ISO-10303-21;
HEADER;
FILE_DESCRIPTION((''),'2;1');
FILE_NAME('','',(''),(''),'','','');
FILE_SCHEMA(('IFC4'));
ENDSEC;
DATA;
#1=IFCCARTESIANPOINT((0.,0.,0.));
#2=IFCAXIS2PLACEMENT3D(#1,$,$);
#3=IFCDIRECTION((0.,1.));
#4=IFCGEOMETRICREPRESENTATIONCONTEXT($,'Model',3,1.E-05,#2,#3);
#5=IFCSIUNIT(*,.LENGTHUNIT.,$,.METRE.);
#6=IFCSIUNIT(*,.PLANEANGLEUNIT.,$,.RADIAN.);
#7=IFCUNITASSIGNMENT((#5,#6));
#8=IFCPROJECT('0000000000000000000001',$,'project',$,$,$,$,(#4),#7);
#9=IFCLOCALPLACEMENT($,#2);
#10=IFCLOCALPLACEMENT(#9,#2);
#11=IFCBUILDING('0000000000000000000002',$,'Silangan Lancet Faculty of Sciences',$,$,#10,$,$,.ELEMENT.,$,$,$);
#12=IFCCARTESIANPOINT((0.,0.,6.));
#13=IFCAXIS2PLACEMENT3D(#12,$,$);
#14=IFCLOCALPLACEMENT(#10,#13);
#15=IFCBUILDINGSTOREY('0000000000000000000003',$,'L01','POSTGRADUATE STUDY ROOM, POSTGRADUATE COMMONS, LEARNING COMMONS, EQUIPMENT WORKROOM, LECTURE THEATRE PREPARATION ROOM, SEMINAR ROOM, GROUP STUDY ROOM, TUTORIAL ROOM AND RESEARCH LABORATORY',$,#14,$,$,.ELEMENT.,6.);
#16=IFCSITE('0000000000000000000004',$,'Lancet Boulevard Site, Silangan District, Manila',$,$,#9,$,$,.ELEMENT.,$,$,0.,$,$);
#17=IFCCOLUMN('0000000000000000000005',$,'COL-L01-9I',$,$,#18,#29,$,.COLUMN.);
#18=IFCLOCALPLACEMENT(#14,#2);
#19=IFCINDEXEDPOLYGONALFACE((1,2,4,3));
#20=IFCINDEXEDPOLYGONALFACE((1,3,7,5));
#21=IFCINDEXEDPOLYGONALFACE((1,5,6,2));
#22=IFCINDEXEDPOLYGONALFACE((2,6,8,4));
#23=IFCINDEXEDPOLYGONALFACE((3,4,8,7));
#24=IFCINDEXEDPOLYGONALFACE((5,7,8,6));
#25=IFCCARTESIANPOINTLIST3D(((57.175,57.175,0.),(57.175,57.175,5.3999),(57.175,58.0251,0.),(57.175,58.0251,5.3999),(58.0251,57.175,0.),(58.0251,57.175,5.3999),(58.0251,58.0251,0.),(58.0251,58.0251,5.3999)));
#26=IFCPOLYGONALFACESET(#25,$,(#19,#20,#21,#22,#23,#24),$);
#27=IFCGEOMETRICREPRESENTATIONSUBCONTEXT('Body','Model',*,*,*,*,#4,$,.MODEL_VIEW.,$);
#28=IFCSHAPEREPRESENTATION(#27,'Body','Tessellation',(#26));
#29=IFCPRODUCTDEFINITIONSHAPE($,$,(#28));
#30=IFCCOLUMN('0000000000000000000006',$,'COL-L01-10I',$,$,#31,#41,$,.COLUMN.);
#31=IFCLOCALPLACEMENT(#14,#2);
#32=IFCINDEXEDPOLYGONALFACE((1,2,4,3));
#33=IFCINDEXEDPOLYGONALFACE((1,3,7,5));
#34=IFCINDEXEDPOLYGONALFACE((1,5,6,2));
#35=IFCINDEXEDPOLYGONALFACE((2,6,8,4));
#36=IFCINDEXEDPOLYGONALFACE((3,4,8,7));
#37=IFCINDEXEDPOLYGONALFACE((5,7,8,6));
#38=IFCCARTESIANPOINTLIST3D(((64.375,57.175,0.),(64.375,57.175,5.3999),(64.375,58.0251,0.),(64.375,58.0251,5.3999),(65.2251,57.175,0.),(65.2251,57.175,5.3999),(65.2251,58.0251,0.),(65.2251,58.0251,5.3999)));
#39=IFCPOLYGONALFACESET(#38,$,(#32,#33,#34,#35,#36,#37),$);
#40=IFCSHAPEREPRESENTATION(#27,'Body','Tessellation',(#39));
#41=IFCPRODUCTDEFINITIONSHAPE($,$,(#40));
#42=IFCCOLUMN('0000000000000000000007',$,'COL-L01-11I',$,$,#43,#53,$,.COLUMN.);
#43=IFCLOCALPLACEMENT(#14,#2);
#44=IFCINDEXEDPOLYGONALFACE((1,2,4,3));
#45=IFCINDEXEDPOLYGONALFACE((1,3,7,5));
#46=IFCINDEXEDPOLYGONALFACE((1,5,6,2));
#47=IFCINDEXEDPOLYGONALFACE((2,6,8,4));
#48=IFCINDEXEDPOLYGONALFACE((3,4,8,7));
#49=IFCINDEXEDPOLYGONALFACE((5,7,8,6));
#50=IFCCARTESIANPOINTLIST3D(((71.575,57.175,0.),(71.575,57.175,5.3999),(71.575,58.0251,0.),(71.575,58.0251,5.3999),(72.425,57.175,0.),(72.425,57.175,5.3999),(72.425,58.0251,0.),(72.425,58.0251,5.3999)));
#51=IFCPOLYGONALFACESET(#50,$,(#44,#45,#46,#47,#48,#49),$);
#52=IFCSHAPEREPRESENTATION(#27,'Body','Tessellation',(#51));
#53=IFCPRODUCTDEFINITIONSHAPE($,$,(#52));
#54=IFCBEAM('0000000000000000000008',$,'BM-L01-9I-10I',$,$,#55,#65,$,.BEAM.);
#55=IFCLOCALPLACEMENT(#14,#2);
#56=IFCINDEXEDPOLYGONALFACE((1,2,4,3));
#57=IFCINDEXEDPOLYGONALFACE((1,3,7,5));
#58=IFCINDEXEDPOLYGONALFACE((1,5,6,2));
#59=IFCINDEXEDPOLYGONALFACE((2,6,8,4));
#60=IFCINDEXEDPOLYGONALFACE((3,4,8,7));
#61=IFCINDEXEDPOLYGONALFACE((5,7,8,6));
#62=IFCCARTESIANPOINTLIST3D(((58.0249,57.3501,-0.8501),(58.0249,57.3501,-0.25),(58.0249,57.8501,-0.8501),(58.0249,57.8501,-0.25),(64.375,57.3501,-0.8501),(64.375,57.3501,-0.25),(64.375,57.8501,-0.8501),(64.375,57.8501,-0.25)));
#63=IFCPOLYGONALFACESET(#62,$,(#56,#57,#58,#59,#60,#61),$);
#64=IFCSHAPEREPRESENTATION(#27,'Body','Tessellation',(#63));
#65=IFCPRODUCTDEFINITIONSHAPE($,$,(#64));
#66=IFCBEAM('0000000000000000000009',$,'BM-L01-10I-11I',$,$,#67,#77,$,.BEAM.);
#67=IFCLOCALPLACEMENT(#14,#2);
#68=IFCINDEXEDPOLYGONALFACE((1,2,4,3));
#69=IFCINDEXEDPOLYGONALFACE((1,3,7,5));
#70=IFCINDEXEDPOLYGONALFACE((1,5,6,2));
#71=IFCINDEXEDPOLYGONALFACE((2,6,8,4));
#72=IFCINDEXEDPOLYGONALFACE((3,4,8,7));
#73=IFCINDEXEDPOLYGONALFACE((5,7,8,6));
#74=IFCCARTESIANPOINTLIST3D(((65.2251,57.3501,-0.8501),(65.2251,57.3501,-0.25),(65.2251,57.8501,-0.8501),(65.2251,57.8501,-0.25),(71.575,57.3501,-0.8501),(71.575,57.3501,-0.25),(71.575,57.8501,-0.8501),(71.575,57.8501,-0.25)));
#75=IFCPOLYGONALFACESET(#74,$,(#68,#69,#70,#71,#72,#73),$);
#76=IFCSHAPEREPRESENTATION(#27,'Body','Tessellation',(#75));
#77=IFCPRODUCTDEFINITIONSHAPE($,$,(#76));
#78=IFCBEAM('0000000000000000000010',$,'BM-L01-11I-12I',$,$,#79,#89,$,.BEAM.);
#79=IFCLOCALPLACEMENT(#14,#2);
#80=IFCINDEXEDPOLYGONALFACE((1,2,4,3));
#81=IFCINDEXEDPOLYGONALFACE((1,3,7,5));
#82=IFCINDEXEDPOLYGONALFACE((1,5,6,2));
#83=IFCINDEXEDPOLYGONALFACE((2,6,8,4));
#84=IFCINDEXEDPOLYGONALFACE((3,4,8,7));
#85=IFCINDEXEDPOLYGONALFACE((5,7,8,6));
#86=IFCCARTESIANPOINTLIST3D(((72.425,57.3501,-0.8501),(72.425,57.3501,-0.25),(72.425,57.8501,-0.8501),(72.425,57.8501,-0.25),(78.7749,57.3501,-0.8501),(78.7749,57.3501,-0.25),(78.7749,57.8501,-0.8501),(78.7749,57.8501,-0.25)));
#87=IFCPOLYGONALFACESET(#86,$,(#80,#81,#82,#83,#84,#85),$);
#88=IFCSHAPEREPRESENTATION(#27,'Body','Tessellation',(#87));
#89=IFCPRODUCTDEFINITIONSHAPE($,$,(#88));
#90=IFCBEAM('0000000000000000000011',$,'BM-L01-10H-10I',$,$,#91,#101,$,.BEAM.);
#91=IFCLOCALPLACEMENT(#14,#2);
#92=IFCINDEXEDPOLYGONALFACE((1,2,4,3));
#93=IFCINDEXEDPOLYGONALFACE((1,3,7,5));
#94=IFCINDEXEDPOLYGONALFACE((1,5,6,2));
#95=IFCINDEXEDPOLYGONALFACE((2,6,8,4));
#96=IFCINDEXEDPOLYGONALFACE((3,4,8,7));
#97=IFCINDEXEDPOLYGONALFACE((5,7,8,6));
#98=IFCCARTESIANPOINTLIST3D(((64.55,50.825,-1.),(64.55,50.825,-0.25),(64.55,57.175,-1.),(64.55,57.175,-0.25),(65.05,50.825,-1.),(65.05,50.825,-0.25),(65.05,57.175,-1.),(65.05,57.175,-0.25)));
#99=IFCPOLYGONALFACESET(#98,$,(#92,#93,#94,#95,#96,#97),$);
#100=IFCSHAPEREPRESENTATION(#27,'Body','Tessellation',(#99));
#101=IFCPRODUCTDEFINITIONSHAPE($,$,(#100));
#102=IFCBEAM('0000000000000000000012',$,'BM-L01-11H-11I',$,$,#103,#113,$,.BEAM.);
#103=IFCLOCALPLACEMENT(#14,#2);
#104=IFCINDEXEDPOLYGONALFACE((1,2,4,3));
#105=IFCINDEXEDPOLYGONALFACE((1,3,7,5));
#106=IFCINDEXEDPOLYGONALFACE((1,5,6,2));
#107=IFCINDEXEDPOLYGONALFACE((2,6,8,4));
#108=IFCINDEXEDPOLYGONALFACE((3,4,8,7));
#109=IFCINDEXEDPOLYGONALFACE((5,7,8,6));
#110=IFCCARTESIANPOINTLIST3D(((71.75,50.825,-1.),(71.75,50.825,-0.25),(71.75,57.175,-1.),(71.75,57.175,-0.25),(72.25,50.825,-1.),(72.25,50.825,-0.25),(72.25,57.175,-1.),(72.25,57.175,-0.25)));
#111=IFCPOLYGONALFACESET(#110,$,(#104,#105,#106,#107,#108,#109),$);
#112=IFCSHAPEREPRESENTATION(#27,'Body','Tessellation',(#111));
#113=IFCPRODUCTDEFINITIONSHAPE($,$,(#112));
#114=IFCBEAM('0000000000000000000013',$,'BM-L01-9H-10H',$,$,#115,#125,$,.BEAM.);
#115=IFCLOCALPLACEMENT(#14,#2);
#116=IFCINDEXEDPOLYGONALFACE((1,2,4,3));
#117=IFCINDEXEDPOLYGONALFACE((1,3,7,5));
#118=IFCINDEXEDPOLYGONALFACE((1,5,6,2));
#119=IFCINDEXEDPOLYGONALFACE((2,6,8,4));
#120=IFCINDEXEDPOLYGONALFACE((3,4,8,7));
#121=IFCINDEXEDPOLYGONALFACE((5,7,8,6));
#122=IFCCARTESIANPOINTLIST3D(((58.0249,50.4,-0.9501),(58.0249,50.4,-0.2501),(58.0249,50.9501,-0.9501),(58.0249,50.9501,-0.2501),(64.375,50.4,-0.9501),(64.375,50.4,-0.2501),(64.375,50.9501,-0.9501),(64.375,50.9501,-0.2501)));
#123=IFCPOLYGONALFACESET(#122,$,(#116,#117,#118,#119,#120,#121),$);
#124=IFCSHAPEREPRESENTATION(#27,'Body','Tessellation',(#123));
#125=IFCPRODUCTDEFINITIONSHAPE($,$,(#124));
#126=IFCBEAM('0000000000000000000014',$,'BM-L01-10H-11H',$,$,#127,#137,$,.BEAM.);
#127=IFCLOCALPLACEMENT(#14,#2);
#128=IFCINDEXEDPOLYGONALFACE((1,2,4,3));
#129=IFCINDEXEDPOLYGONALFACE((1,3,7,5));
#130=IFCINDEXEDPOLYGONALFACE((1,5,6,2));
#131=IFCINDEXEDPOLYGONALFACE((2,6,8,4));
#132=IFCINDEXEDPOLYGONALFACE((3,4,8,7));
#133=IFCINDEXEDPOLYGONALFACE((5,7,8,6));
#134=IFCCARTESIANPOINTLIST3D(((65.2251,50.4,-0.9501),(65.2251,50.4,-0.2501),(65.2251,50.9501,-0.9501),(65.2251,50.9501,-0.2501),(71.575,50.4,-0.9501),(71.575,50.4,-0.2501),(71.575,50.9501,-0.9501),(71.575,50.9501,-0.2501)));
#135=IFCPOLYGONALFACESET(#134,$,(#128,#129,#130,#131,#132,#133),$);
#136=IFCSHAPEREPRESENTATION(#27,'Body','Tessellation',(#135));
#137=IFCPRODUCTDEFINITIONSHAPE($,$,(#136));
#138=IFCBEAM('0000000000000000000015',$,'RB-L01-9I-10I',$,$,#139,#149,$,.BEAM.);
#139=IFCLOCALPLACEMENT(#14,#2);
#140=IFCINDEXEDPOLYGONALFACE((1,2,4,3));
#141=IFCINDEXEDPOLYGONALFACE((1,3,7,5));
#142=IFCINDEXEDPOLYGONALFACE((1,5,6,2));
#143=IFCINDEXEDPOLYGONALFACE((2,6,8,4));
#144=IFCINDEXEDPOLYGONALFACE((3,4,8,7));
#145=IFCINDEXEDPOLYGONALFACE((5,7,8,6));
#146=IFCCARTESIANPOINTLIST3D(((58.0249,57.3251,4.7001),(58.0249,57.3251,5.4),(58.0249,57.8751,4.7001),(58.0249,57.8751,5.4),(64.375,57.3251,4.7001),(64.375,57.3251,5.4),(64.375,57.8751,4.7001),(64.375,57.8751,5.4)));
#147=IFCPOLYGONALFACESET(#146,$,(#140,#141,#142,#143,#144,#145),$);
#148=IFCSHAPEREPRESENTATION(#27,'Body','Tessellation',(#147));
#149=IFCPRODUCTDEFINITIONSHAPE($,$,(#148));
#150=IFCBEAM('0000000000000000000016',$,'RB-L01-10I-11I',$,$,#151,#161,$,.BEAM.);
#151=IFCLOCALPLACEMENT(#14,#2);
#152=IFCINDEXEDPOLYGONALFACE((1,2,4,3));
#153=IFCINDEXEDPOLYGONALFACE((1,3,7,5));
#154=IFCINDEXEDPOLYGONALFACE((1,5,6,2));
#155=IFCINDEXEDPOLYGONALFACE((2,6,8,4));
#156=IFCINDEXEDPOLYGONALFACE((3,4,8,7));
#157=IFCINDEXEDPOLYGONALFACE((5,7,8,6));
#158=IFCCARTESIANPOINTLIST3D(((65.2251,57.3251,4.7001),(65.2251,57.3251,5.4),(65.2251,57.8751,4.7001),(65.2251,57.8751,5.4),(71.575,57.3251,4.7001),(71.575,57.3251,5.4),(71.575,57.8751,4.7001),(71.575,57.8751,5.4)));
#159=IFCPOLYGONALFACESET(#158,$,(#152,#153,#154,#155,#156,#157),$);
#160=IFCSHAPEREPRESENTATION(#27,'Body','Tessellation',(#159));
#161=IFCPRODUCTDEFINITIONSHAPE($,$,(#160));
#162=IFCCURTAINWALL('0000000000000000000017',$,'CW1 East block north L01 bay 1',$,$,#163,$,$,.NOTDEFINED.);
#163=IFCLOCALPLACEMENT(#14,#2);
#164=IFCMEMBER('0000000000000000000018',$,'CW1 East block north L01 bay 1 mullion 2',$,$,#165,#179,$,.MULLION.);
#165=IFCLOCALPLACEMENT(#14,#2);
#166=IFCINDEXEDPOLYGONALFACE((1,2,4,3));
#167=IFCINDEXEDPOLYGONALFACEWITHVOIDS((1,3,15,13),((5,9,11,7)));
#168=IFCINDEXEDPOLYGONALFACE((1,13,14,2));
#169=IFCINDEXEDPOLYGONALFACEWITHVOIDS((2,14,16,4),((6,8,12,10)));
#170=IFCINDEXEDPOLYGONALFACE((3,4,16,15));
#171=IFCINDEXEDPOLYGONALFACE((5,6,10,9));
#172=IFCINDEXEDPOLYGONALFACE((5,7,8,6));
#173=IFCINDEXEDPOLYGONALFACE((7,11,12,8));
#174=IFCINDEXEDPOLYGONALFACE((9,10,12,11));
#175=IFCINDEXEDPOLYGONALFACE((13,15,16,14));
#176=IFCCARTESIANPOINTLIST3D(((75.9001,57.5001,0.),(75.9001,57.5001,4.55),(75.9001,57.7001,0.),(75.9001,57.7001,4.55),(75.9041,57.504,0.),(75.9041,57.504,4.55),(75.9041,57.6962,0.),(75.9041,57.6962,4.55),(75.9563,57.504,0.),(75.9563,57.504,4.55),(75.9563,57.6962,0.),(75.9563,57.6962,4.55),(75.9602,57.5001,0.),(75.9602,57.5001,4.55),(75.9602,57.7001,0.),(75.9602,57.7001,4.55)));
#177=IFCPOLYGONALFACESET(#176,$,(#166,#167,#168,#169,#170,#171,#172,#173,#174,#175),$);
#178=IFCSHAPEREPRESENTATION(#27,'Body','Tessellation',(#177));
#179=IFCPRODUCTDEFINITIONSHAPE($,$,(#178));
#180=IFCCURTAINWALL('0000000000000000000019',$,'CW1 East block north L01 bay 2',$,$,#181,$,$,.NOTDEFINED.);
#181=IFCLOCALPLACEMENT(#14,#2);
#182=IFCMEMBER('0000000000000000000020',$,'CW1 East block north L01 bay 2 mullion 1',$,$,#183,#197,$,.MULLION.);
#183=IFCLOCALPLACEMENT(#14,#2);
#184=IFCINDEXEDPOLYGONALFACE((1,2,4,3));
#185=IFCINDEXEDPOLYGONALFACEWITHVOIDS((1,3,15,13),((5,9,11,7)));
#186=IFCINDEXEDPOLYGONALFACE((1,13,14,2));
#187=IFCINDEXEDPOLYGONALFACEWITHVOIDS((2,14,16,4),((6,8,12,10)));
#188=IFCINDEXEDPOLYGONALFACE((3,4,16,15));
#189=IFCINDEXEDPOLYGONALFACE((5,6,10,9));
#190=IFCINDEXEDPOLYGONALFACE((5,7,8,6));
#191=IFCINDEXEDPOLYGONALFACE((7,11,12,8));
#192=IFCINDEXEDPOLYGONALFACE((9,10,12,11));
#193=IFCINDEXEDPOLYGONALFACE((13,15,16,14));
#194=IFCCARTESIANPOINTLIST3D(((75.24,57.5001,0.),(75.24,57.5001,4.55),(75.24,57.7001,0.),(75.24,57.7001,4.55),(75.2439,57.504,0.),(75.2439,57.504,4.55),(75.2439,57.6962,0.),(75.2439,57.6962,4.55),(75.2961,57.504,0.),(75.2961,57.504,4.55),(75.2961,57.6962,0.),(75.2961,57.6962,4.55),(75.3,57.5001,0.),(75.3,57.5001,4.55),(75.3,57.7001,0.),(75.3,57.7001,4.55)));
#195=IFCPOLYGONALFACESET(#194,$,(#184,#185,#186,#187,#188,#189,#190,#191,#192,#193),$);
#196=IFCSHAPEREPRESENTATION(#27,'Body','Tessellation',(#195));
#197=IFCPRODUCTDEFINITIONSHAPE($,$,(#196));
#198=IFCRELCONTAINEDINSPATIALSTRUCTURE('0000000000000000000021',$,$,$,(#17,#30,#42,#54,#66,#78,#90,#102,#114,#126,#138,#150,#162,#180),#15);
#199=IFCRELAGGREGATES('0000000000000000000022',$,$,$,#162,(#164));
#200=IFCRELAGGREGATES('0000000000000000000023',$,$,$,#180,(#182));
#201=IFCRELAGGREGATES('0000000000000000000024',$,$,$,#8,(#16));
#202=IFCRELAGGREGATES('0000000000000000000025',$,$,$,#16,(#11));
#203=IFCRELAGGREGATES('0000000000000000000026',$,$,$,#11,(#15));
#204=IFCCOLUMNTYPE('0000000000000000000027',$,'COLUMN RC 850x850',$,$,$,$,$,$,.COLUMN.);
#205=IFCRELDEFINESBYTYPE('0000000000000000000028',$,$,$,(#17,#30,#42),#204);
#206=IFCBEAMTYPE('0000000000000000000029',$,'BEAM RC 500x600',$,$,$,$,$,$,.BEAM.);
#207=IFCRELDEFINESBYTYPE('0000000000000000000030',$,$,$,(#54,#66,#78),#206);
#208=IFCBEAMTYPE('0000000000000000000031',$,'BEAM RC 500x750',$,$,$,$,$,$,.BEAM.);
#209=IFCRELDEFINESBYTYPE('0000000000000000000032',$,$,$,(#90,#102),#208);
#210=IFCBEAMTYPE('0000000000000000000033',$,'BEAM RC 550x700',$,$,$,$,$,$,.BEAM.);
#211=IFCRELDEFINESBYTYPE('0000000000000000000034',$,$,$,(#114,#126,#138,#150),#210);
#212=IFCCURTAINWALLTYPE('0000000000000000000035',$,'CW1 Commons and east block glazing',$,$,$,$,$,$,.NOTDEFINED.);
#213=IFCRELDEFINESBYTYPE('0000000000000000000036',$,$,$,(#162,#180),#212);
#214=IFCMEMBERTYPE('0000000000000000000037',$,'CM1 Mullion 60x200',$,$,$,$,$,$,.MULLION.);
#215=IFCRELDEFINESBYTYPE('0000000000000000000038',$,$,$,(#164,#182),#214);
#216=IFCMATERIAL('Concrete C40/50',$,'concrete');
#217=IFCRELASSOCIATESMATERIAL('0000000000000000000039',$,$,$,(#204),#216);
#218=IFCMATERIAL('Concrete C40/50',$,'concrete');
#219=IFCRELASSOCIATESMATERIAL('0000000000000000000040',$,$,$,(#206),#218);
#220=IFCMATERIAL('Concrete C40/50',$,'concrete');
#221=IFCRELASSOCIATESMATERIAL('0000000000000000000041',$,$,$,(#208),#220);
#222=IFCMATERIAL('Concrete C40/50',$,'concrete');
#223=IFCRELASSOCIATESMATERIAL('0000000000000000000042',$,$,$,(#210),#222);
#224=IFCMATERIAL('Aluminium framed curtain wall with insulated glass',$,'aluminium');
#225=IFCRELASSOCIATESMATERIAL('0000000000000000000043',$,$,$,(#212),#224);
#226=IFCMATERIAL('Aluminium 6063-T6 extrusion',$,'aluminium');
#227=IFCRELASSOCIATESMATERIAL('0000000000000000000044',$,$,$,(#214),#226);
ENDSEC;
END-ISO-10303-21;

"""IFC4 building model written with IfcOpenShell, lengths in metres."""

from ifc_helpers import new_model, si_unit, direction, frame, origin, origin_2d, place, context, subcontext, project, spatial, rectangle, hollow_rectangle, extrude, material, material_profile, profile_set, type_object, element, aggregate, save


model = new_model("IFC4")

# Units and contexts
model_context = context("Model", 3, precision=1e-05, world=origin(), true_north=direction((0.0, 1.0)))
body_context = subcontext(model_context, "Body", "Model", "MODEL_VIEW")
ifc_project = project(units=[si_unit("LENGTHUNIT", "METRE"), si_unit("PLANEANGLEUNIT", "RADIAN")], contexts=[model_context])

# Site, building, storey
site_placement = place(None, origin())
site = spatial("IfcSite", under=ifc_project, at=site_placement, Name="Lancet Boulevard Site, Silangan District, Manila", CompositionType="ELEMENT", RefElevation=0.0)
building_placement = place(site_placement, origin())
building = spatial("IfcBuilding", under=site, at=building_placement, Name="Silangan Lancet Faculty of Sciences", CompositionType="ELEMENT")
storey_placement = place(building_placement, frame((0.0, 0.0, 6.0)))
storey = spatial("IfcBuildingStorey", under=building, at=storey_placement, Name="L01", Description="POSTGRADUATE STUDY ROOM, POSTGRADUATE COMMONS, LEARNING COMMONS, EQUIPMENT WORKROOM, LECTURE THEATRE PREPARATION ROOM, SEMINAR ROOM, GROUP STUDY ROOM, TUTORIAL ROOM AND RESEARCH LABORATORY", CompositionType="ELEMENT", Elevation=6.0)

# Columns
ifc_material_1 = material(Name="Concrete C40/50", Category="concrete")
ifc_material_profile_1 = material_profile(ifc_material_1, rectangle(XDim=0.8501, YDim=0.8501, at=origin_2d()), Name="RC 850x850")
ifc_profile_set_1 = profile_set([ifc_material_profile_1], Name="Concrete C40/50")
column_type = type_object("IfcColumnType", Name="COLUMN RC 850x850", PredefinedType="COLUMN", material=ifc_profile_set_1)
for number, where, z_axis, x_axis, name in (
    (1, (57.6001, 57.6001, 0.0), (0.0, 0.0, 1.0), (1.0, 0.0, 0.0), "COL-L01-9I"),
    (2, (64.8, 57.6001, 0.0), (0.0, 0.0, 1.0), (1.0, 0.0, 0.0), "COL-L01-10I"),
    (3, (72.0, 57.6001, 0.0), (0.0, 0.0, 1.0), (1.0, 0.0, 0.0), "COL-L01-11I"),
):
    element("IfcColumn", number, at=place(storey_placement, frame(where, z_axis=z_axis, x_axis=x_axis)), inside=storey, type_object=column_type, Name=name, PredefinedType="COLUMN", context=body_context, shape_type="SweptSolid", body=[
        extrude(rectangle(XDim=0.8501, YDim=0.8501, at=origin_2d()), origin(), (0.0, 0.0, 1.0), 5.3999),
    ])

# Beams
ifc_material_2 = material(Name="Concrete C40/50", Category="concrete")
ifc_material_profile_2 = material_profile(ifc_material_2, rectangle(XDim=0.5, YDim=0.6001, at=origin_2d()), Name="RC 500x600")
ifc_profile_set_2 = profile_set([ifc_material_profile_2], Name="Concrete C40/50")
beam_type_1 = type_object("IfcBeamType", Name="BEAM RC 500x600", PredefinedType="BEAM", material=ifc_profile_set_2)
beam_1_placement = place(storey_placement, frame((58.0249, 57.6001, -0.55), z_axis=(1.0, 0.0, 0.0), x_axis=(0.0, 1.0, 0.0)))
element("IfcBeam", 4, at=beam_1_placement, inside=storey, type_object=beam_type_1, Name="BM-L01-9I-10I", PredefinedType="BEAM", context=body_context, shape_type="SweptSolid", body=[
    extrude(rectangle(XDim=0.5, YDim=0.6001, at=origin_2d()), origin(), (0.0, 0.0, 1.0), 6.3501),
])
for number, where, z_axis, x_axis, name in (
    (5, (65.2251, 57.6001, -0.55), (1.0, 0.0, 0.0), (0.0, 1.0, 0.0), "BM-L01-10I-11I"),
    (6, (72.425, 57.6001, -0.55), (1.0, 0.0, 0.0), (0.0, 1.0, 0.0), "BM-L01-11I-12I"),
):
    element("IfcBeam", number, at=place(storey_placement, frame(where, z_axis=z_axis, x_axis=x_axis)), inside=storey, type_object=beam_type_1, Name=name, PredefinedType="BEAM", context=body_context, shape_type="SweptSolid", body=[
        extrude(rectangle(XDim=0.5, YDim=0.6001, at=origin_2d()), origin(), (0.0, 0.0, 1.0), 6.3499),
    ])
ifc_material_3 = material(Name="Concrete C40/50", Category="concrete")
ifc_material_profile_3 = material_profile(ifc_material_3, rectangle(XDim=0.5, YDim=0.75, at=origin_2d()), Name="RC 500x750")
ifc_profile_set_3 = profile_set([ifc_material_profile_3], Name="Concrete C40/50")
beam_type_2 = type_object("IfcBeamType", Name="BEAM RC 500x750", PredefinedType="BEAM", material=ifc_profile_set_3)
for number, where, z_axis, x_axis, name in (
    (7, (64.8, 50.825, -0.625), (0.0, 1.0, 0.0), (-1.0, 0.0, 0.0), "BM-L01-10H-10I"),
    (8, (72.0, 50.825, -0.625), (0.0, 1.0, 0.0), (-1.0, 0.0, 0.0), "BM-L01-11H-11I"),
):
    element("IfcBeam", number, at=place(storey_placement, frame(where, z_axis=z_axis, x_axis=x_axis)), inside=storey, type_object=beam_type_2, Name=name, PredefinedType="BEAM", context=body_context, shape_type="SweptSolid", body=[
        extrude(rectangle(XDim=0.5, YDim=0.75, at=origin_2d()), origin(), (0.0, 0.0, 1.0), 6.3501),
    ])
ifc_material_4 = material(Name="Concrete C40/50", Category="concrete")
ifc_material_profile_4 = material_profile(ifc_material_4, rectangle(XDim=0.55, YDim=0.7, at=origin_2d()), Name="RC 550x700")
ifc_profile_set_4 = profile_set([ifc_material_profile_4], Name="Concrete C40/50")
beam_type_3 = type_object("IfcBeamType", Name="BEAM RC 550x700", PredefinedType="BEAM", material=ifc_profile_set_4)
beam_2_placement = place(storey_placement, frame((58.0249, 50.675, -0.6001), z_axis=(1.0, 0.0, 0.0), x_axis=(0.0, 1.0, 0.0)))
element("IfcBeam", 9, at=beam_2_placement, inside=storey, type_object=beam_type_3, Name="BM-L01-9H-10H", PredefinedType="BEAM", context=body_context, shape_type="SweptSolid", body=[
    extrude(rectangle(XDim=0.55, YDim=0.7, at=origin_2d()), origin(), (0.0, 0.0, 1.0), 6.3501),
])
beam_3_placement = place(storey_placement, frame((65.2251, 50.675, -0.6001), z_axis=(1.0, 0.0, 0.0), x_axis=(0.0, 1.0, 0.0)))
element("IfcBeam", 10, at=beam_3_placement, inside=storey, type_object=beam_type_3, Name="BM-L01-10H-11H", PredefinedType="BEAM", context=body_context, shape_type="SweptSolid", body=[
    extrude(rectangle(XDim=0.55, YDim=0.7, at=origin_2d()), origin(), (0.0, 0.0, 1.0), 6.3499),
])
beam_4_placement = place(storey_placement, frame((58.0249, 57.6001, 5.05), z_axis=(1.0, 0.0, 0.0), x_axis=(0.0, 1.0, 0.0)))
element("IfcBeam", 11, at=beam_4_placement, inside=storey, type_object=beam_type_3, Name="RB-L01-9I-10I", PredefinedType="BEAM", context=body_context, shape_type="SweptSolid", body=[
    extrude(rectangle(XDim=0.55, YDim=0.7, at=origin_2d()), origin(), (0.0, 0.0, 1.0), 6.3501),
])
beam_5_placement = place(storey_placement, frame((65.2251, 57.6001, 5.05), z_axis=(1.0, 0.0, 0.0), x_axis=(0.0, 1.0, 0.0)))
element("IfcBeam", 12, at=beam_5_placement, inside=storey, type_object=beam_type_3, Name="RB-L01-10I-11I", PredefinedType="BEAM", context=body_context, shape_type="SweptSolid", body=[
    extrude(rectangle(XDim=0.55, YDim=0.7, at=origin_2d()), origin(), (0.0, 0.0, 1.0), 6.3499),
])

# Curtain wall, member
ifc_material_5 = material(Name="Aluminium framed curtain wall with insulated glass", Category="aluminium")
curtain_wall_type = type_object("IfcCurtainWallType", Name="CW1 Commons and east block glazing", PredefinedType="NOTDEFINED", material=ifc_material_5)
curtain_wall_1_placement = place(storey_placement, origin())
curtain_wall_1 = element("IfcCurtainWall", 13, at=curtain_wall_1_placement, inside=storey, type_object=curtain_wall_type, Name="CW1 East block north L01 bay 1", PredefinedType="NOTDEFINED")
ifc_material_6 = material(Name="Aluminium 6063-T6 extrusion", Category="aluminium")
ifc_material_profile_5 = material_profile(ifc_material_6, hollow_rectangle(XDim=0.0601, YDim=0.2, WallThickness=0.0039, at=origin_2d()), Name="AL BOX 60x200x4")
ifc_profile_set_5 = profile_set([ifc_material_profile_5], Name="Aluminium 6063-T6 extrusion")
member_type_1 = type_object("IfcMemberType", Name="CM1 Mullion 60x200", PredefinedType="MULLION", material=ifc_profile_set_5)
member_1_placement = place(storey_placement, frame((75.9302, 57.6001, 0.0), z_axis=(0.0, 0.0, 1.0), x_axis=(-1.0, 0.0, 0.0)))
member_1 = element("IfcMember", 14, at=member_1_placement, type_object=member_type_1, Name="CW1 East block north L01 bay 1 mullion 2", PredefinedType="MULLION", context=body_context, shape_type="SweptSolid", body=[
    extrude(hollow_rectangle(XDim=0.0601, YDim=0.2, WallThickness=0.0039, at=origin_2d()), origin(), (0.0, 0.0, 1.0), 4.55),
])

# Curtain wall, member
curtain_wall_2_placement = place(storey_placement, origin())
curtain_wall_2 = element("IfcCurtainWall", 15, at=curtain_wall_2_placement, inside=storey, type_object=curtain_wall_type, Name="CW1 East block north L01 bay 2", PredefinedType="NOTDEFINED")
member_2_placement = place(storey_placement, frame((75.27, 57.6001, 0.0), z_axis=(0.0, 0.0, 1.0), x_axis=(-1.0, 0.0, 0.0)))
member_2 = element("IfcMember", 16, at=member_2_placement, type_object=member_type_1, Name="CW1 East block north L01 bay 2 mullion 1", PredefinedType="MULLION", context=body_context, shape_type="SweptSolid", body=[
    extrude(hollow_rectangle(XDim=0.0601, YDim=0.2, WallThickness=0.0039, at=origin_2d()), origin(), (0.0, 0.0, 1.0), 4.55),
])

aggregate(curtain_wall_1, [member_1])
aggregate(curtain_wall_2, [member_2])

save(model, "model.ifc")
